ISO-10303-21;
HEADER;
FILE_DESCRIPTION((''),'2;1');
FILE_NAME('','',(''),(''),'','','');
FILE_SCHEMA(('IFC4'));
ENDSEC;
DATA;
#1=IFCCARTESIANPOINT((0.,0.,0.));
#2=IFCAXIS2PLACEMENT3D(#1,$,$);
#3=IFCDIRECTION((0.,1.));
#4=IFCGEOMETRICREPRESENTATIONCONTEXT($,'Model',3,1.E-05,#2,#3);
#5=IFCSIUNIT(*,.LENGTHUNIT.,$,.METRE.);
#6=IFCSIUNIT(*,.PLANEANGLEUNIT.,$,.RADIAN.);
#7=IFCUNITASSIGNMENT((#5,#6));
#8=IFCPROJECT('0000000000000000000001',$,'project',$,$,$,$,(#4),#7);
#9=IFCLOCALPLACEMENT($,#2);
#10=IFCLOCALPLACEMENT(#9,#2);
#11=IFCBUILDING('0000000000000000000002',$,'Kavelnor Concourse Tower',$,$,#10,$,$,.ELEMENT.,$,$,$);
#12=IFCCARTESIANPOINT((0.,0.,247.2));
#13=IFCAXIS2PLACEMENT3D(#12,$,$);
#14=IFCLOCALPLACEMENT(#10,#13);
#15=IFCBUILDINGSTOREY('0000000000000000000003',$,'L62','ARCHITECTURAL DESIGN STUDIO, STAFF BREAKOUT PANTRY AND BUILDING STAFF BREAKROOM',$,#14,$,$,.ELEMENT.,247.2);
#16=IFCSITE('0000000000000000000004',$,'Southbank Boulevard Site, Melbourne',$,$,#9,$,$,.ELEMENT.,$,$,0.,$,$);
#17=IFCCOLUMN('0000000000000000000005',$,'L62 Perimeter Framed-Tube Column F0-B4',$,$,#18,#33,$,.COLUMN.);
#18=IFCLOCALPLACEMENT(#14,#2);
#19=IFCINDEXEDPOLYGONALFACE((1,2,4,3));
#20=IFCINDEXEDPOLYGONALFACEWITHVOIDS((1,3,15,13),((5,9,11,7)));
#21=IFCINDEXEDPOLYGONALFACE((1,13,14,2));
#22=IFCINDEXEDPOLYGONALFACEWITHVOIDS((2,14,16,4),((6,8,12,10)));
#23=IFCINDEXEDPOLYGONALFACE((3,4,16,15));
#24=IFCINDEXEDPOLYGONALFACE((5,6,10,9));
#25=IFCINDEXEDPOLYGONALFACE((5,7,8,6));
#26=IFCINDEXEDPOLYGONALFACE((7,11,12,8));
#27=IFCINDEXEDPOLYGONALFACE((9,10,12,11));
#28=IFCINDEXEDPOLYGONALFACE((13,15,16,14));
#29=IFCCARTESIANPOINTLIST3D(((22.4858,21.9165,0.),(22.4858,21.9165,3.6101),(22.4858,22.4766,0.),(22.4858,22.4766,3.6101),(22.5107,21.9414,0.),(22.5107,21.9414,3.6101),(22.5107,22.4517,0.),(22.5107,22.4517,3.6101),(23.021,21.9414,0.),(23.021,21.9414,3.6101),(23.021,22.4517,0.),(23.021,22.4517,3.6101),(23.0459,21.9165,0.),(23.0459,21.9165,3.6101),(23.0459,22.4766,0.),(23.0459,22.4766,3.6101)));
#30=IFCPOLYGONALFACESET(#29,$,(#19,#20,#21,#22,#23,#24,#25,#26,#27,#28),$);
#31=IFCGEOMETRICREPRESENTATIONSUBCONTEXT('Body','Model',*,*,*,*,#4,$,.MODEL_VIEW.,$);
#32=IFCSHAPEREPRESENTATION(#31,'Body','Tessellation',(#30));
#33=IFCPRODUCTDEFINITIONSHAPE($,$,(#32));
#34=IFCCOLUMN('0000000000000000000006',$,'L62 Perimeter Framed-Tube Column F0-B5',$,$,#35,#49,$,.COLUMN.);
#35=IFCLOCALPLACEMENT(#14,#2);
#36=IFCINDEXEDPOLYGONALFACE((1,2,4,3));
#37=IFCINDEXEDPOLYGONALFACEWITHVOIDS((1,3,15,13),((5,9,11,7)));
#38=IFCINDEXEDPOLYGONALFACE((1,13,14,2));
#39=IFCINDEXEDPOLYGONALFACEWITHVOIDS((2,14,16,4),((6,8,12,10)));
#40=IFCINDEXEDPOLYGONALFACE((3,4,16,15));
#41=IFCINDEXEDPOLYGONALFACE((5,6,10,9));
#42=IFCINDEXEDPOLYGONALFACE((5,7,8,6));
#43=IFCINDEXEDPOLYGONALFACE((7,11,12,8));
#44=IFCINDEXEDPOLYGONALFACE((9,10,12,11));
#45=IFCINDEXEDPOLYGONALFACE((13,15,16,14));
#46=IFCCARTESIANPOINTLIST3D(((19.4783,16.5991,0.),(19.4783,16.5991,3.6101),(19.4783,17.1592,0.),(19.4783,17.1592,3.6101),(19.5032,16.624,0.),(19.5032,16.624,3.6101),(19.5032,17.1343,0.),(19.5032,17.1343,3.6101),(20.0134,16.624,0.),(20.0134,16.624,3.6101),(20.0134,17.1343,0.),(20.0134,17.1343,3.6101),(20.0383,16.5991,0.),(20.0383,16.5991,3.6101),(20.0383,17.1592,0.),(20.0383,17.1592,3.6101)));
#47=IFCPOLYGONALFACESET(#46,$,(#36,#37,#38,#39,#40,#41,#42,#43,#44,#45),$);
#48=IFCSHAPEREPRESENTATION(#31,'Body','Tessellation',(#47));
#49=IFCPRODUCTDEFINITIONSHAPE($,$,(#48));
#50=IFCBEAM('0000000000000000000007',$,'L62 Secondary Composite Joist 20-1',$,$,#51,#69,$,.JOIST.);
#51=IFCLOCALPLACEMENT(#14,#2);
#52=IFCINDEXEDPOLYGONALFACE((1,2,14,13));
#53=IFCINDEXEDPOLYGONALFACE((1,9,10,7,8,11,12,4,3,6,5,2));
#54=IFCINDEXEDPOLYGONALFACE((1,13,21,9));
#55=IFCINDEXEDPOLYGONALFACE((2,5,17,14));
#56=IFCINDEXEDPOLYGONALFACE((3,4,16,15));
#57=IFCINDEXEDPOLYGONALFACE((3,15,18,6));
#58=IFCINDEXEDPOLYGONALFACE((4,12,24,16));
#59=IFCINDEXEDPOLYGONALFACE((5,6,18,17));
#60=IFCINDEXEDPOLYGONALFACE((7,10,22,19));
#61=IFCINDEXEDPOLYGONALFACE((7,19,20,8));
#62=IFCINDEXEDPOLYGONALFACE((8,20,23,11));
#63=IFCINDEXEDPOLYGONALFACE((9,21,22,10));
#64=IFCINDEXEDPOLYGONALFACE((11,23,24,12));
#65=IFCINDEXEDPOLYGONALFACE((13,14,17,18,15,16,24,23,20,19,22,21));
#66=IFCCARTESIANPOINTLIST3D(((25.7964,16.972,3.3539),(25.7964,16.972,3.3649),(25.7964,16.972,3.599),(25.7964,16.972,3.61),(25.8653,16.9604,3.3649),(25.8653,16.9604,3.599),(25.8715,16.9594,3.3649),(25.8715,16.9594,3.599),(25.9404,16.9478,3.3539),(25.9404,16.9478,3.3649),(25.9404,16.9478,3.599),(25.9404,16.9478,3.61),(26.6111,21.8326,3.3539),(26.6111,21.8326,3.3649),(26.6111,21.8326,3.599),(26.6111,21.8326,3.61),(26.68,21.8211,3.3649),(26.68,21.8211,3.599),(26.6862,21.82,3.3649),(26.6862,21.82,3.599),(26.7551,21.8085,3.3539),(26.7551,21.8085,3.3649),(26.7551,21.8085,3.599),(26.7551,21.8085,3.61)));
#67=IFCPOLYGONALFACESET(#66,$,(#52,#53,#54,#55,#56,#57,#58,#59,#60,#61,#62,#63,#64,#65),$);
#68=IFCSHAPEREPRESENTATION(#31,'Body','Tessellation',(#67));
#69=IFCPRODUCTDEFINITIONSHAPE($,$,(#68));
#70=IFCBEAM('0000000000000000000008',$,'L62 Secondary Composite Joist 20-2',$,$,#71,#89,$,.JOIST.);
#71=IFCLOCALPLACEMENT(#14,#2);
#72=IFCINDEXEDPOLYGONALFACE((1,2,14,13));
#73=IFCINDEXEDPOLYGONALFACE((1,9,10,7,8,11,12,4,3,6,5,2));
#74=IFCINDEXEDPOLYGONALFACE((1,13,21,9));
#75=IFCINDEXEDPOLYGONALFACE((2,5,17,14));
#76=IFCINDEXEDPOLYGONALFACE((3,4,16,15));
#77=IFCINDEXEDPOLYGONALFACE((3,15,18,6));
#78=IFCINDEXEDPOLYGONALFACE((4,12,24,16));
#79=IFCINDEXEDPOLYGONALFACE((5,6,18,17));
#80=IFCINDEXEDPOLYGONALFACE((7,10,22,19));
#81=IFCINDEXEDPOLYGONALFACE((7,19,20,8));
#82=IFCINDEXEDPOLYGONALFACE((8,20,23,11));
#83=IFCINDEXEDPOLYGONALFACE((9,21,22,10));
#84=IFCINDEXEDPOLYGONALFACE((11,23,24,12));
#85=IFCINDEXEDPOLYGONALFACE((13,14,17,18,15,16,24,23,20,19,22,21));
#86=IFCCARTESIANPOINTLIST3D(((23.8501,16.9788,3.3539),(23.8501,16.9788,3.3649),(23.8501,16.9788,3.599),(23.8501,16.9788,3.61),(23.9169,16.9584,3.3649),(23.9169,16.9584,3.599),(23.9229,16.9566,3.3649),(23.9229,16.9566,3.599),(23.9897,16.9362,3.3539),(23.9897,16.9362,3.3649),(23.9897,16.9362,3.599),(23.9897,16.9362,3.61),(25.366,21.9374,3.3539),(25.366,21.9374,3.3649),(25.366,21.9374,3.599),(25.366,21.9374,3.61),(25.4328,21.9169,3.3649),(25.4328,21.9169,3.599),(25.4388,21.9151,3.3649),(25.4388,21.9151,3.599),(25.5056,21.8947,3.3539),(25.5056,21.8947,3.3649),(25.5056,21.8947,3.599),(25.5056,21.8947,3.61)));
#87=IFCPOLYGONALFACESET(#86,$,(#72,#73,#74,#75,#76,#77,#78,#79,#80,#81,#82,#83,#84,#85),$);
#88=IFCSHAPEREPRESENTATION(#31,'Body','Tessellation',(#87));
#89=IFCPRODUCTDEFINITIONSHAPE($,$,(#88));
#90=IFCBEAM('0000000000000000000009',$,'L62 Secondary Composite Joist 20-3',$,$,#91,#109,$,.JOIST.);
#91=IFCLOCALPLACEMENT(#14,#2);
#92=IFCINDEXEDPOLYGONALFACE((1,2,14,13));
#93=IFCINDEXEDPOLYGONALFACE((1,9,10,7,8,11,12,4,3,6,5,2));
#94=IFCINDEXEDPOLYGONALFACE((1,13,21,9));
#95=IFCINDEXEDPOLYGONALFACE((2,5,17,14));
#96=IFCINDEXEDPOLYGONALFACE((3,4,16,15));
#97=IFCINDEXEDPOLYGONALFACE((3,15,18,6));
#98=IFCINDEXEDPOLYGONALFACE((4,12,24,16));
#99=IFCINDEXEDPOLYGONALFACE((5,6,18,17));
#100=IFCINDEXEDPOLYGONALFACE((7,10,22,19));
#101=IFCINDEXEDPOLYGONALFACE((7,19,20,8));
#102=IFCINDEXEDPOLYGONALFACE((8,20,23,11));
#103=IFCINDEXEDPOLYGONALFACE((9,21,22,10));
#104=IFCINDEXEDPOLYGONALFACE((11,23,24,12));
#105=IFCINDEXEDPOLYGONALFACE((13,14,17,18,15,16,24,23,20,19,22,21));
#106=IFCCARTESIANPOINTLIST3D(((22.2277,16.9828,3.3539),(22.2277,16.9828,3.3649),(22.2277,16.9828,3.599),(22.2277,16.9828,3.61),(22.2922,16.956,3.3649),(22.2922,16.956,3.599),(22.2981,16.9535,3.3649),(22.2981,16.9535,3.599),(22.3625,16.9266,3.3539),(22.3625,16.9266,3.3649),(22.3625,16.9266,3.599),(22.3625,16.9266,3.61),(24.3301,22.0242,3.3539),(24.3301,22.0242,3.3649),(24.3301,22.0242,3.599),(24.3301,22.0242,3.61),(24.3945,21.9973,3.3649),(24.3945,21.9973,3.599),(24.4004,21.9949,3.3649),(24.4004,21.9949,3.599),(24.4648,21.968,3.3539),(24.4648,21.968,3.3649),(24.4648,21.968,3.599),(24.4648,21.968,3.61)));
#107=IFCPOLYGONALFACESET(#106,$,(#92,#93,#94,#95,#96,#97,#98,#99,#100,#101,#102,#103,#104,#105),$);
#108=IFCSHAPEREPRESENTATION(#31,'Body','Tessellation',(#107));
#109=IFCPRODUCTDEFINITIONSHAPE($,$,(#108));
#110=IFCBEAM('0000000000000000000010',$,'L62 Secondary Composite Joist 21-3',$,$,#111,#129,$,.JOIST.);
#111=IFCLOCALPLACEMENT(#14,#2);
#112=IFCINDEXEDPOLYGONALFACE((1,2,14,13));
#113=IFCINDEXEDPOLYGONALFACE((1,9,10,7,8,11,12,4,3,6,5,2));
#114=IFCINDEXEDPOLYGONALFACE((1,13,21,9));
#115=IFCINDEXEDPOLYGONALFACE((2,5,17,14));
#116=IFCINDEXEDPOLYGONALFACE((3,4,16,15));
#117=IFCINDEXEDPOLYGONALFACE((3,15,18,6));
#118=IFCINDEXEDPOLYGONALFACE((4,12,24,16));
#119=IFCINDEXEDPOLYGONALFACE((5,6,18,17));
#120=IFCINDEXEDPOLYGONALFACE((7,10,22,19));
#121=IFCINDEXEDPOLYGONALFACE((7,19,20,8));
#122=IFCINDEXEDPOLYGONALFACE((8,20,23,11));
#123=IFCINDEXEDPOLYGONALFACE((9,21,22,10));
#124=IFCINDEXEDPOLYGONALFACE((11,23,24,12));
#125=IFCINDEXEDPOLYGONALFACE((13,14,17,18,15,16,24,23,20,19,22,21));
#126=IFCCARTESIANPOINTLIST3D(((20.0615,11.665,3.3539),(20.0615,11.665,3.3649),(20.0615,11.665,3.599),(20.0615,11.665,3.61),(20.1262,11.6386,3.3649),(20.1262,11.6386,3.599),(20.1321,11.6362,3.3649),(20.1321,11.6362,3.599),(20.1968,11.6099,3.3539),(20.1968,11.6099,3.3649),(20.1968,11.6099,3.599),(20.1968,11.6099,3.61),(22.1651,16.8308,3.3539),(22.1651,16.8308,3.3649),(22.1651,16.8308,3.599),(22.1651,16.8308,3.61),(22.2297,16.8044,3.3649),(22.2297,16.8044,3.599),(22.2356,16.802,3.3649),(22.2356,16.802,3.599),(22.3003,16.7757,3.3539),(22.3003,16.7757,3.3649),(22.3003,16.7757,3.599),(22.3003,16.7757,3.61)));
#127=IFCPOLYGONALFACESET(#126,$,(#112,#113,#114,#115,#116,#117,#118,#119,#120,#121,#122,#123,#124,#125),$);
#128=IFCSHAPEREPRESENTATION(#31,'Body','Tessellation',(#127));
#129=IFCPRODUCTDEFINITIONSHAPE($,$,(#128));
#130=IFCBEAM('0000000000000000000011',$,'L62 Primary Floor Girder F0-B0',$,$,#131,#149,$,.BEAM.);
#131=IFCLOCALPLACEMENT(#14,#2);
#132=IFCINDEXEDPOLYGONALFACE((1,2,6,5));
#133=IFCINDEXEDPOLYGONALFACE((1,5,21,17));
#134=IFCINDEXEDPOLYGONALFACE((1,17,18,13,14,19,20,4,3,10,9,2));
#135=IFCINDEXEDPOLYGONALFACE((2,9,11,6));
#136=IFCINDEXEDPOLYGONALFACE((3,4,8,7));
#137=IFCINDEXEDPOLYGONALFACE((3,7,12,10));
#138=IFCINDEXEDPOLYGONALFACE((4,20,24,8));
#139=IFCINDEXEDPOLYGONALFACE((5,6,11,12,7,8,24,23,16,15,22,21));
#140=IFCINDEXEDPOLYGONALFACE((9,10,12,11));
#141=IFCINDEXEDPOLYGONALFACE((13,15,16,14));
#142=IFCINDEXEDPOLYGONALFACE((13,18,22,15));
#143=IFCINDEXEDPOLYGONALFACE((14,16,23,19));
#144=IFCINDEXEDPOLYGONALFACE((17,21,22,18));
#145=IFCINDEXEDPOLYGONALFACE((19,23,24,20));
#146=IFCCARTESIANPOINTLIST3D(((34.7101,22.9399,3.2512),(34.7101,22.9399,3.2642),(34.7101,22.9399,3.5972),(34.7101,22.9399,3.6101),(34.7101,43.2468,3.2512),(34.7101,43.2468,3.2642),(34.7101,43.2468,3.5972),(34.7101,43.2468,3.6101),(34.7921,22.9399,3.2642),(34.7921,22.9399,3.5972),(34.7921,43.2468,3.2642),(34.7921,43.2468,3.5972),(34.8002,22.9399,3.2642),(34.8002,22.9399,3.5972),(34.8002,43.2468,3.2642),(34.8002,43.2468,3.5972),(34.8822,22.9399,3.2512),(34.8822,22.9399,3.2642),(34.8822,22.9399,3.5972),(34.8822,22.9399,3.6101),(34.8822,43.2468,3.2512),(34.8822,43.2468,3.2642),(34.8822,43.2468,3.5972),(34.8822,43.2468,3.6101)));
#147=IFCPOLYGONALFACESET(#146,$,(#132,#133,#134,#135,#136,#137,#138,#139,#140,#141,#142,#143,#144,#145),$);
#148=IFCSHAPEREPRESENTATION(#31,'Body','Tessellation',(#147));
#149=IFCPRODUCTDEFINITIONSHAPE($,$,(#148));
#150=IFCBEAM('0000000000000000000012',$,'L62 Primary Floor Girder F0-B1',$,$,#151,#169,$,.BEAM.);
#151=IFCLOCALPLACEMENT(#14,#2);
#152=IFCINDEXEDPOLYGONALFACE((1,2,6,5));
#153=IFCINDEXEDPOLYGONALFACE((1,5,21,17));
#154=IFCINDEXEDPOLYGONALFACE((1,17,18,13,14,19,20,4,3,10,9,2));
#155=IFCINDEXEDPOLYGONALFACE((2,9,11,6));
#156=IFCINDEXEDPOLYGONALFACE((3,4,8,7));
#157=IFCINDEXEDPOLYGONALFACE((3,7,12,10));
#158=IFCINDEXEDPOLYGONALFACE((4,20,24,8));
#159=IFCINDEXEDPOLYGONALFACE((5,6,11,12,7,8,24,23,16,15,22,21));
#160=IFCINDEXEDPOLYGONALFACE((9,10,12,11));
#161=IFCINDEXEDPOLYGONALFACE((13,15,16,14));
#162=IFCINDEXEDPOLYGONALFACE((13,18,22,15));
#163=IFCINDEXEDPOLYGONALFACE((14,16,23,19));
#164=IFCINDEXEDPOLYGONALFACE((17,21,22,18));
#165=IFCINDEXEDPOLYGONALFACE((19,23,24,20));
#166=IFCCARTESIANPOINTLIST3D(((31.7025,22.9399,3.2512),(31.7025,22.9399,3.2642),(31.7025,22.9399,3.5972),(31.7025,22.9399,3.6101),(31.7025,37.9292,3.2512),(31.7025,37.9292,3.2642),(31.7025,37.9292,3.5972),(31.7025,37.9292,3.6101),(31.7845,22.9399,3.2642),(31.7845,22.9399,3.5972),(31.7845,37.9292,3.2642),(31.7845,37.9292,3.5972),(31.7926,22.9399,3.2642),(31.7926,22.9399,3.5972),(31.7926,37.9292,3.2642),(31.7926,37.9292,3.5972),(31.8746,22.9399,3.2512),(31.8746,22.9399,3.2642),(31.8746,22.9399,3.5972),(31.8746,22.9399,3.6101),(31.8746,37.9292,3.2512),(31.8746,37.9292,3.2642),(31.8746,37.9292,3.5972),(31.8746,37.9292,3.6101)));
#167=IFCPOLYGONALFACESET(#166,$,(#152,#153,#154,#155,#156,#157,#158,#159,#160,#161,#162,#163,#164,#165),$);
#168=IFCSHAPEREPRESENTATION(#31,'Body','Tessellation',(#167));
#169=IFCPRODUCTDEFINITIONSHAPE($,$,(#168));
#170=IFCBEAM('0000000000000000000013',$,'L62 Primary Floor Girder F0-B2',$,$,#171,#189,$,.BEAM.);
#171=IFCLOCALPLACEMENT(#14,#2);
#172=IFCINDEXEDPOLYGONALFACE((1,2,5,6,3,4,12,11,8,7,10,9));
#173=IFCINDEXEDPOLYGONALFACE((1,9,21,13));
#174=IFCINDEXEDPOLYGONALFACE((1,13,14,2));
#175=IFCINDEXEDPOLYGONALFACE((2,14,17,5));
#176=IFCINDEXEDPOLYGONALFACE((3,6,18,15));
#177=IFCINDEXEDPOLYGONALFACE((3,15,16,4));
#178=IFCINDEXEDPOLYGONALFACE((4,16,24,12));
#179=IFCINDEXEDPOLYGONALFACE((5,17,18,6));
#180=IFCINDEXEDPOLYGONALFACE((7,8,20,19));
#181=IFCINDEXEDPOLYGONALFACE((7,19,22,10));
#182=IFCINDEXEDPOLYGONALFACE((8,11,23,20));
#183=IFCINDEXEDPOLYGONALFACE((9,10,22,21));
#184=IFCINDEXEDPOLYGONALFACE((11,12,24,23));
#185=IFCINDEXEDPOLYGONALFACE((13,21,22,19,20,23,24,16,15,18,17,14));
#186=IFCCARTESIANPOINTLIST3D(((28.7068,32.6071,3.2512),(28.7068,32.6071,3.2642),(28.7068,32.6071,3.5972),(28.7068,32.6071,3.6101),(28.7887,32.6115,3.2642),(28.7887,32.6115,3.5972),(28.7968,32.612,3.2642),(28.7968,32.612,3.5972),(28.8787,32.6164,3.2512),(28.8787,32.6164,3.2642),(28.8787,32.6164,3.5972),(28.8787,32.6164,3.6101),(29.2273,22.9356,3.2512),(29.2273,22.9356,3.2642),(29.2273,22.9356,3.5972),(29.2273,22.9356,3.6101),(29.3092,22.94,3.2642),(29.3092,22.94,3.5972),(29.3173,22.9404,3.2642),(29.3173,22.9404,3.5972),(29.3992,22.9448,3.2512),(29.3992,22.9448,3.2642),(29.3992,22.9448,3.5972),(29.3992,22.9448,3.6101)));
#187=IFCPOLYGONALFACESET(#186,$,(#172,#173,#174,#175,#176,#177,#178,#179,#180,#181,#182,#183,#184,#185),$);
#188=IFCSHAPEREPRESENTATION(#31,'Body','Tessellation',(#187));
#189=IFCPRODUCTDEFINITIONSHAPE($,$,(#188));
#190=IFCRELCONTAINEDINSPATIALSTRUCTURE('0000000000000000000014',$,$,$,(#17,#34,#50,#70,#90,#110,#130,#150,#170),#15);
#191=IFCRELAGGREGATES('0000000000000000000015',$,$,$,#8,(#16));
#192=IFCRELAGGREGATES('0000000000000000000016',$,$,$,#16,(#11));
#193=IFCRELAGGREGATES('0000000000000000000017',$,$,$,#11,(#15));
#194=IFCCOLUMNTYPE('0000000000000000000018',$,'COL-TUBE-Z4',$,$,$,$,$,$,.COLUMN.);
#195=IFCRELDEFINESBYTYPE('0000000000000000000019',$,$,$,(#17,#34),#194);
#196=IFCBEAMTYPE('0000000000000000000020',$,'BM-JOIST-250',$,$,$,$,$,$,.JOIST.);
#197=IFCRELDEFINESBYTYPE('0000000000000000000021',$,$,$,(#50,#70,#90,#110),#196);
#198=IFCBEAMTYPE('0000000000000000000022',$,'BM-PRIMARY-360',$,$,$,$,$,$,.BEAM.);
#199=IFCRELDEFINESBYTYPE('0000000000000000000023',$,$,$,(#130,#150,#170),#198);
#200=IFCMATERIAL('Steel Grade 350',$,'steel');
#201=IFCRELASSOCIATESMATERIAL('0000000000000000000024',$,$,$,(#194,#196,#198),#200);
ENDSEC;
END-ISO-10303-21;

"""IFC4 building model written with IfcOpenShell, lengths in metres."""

from ifc_helpers import new_model, si_unit, direction, frame, origin, origin_2d, place, context, subcontext, project, spatial, hollow_rectangle, i_section, extrude, material, material_profile, profile_set, type_object, element, save


model = new_model("IFC4")

# Units and contexts
model_context = context("Model", 3, precision=1e-05, world=origin(), true_north=direction((0.0, 1.0)))
body_context = subcontext(model_context, "Body", "Model", "MODEL_VIEW")
ifc_project = project(units=[si_unit("LENGTHUNIT", "METRE"), si_unit("PLANEANGLEUNIT", "RADIAN")], contexts=[model_context])

# Site, building, storey
site_placement = place(None, origin())
site = spatial("IfcSite", under=ifc_project, at=site_placement, Name="Southbank Boulevard Site, Melbourne", CompositionType="ELEMENT", RefElevation=0.0)
building_placement = place(site_placement, origin())
building = spatial("IfcBuilding", under=site, at=building_placement, Name="Kavelnor Concourse Tower", CompositionType="ELEMENT")
storey_placement = place(building_placement, frame((0.0, 0.0, 247.2)))
storey = spatial("IfcBuildingStorey", under=building, at=storey_placement, Name="L62", Description="ARCHITECTURAL DESIGN STUDIO, STAFF BREAKOUT PANTRY AND BUILDING STAFF BREAKROOM", CompositionType="ELEMENT", Elevation=247.2)

# Columns
ifc_material_1 = material(Name="Steel Grade 350", Category="steel")
ifc_material_profile_1 = material_profile(ifc_material_1, hollow_rectangle(XDim=0.5601, YDim=0.5601, WallThickness=0.0249, at=origin_2d()), Name="SHS 560x560x25")
ifc_profile_set_1 = profile_set([ifc_material_profile_1], Name="Steel Grade 350")
column_type = type_object("IfcColumnType", Name="COL-TUBE-Z4", PredefinedType="COLUMN", material=ifc_profile_set_1)
for number, where, z_axis, x_axis, name in (
    (1, (22.7659, 22.1965, 0.0), (0.0, 0.0, 1.0), (1.0, 0.0, 0.0), "L62 Perimeter Framed-Tube Column F0-B4"),
    (2, (19.7583, 16.8792, 0.0), (0.0, 0.0, 1.0), (1.0, 0.0, 0.0), "L62 Perimeter Framed-Tube Column F0-B5"),
):
    element("IfcColumn", number, at=place(storey_placement, frame(where, z_axis=z_axis, x_axis=x_axis)), inside=storey, type_object=column_type, Name=name, PredefinedType="COLUMN", context=body_context, shape_type="SweptSolid", body=[
        extrude(hollow_rectangle(XDim=0.5601, YDim=0.5601, WallThickness=0.0249, at=origin_2d()), origin(), (0.0, 0.0, 1.0), 3.6101),
    ])

# Beams
ifc_material_profile_2 = material_profile(ifc_material_1, i_section(OverallWidth=0.146, OverallDepth=0.2561, WebThickness=0.0063, FlangeThickness=0.011, at=origin_2d()), Name="250UB37")
ifc_profile_set_2 = profile_set([ifc_material_profile_2], Name="Steel Grade 350")
beam_type_1 = type_object("IfcBeamType", Name="BM-JOIST-250", PredefinedType="JOIST", material=ifc_profile_set_2)
beam_1_placement = place(storey_placement, frame((26.6831, 21.8206, 3.4819), z_axis=(-0.165307, -0.986242, 0.0), x_axis=(0.986242, -0.165307, 0.0)))
element("IfcBeam", 3, at=beam_1_placement, inside=storey, type_object=beam_type_1, Name="L62 Secondary Composite Joist 20-1", PredefinedType="JOIST", context=body_context, shape_type="SweptSolid", body=[
    extrude(i_section(OverallWidth=0.146, OverallDepth=0.2561, WebThickness=0.0063, FlangeThickness=0.011, at=origin_2d()), origin(), (0.0, 0.0, 1.0), 4.9285),
])
beam_2_placement = place(storey_placement, frame((25.4358, 21.916, 3.4819), z_axis=(-0.292355, -0.95631, 0.0), x_axis=(0.95631, -0.292355, 0.0)))
element("IfcBeam", 4, at=beam_2_placement, inside=storey, type_object=beam_type_1, Name="L62 Secondary Composite Joist 20-2", PredefinedType="JOIST", context=body_context, shape_type="SweptSolid", body=[
    extrude(i_section(OverallWidth=0.146, OverallDepth=0.2561, WebThickness=0.0063, FlangeThickness=0.011, at=origin_2d()), origin(), (0.0, 0.0, 1.0), 5.1851),
])
beam_3_placement = place(storey_placement, frame((24.3975, 21.9961, 3.4819), z_axis=(-0.384891, -0.922962, 0.0), x_axis=(0.922962, -0.384891, 0.0)))
element("IfcBeam", 5, at=beam_3_placement, inside=storey, type_object=beam_type_1, Name="L62 Secondary Composite Joist 20-3", PredefinedType="JOIST", context=body_context, shape_type="SweptSolid", body=[
    extrude(i_section(OverallWidth=0.146, OverallDepth=0.2561, WebThickness=0.0063, FlangeThickness=0.011, at=origin_2d()), origin(), (0.0, 0.0, 1.0), 5.4622),
])
beam_4_placement = place(storey_placement, frame((22.2327, 16.8032, 3.4819), z_axis=(-0.377134, -0.926159, 0.0), x_axis=(0.926159, -0.377134, 0.0)))
element("IfcBeam", 6, at=beam_4_placement, inside=storey, type_object=beam_type_1, Name="L62 Secondary Composite Joist 21-3", PredefinedType="JOIST", context=body_context, shape_type="SweptSolid", body=[
    extrude(i_section(OverallWidth=0.146, OverallDepth=0.2561, WebThickness=0.0063, FlangeThickness=0.011, at=origin_2d()), origin(), (0.0, 0.0, 1.0), 5.5776),
])
ifc_material_profile_3 = material_profile(ifc_material_1, i_section(OverallWidth=0.1721, OverallDepth=0.3589, WebThickness=0.0081, FlangeThickness=0.0129, at=origin_2d()), Name="360UB56")
ifc_profile_set_3 = profile_set([ifc_material_profile_3], Name="Steel Grade 350")
beam_type_2 = type_object("IfcBeamType", Name="BM-PRIMARY-360", PredefinedType="BEAM", material=ifc_profile_set_3)
beam_5_placement = place(storey_placement, frame((34.7961, 22.9399, 3.4307), z_axis=(0.0, 1.0, 0.0), x_axis=(-1.0, 0.0, 0.0)))
element("IfcBeam", 7, at=beam_5_placement, inside=storey, type_object=beam_type_2, Name="L62 Primary Floor Girder F0-B0", PredefinedType="BEAM", context=body_context, shape_type="SweptSolid", body=[
    extrude(i_section(OverallWidth=0.1721, OverallDepth=0.3589, WebThickness=0.0081, FlangeThickness=0.0129, at=origin_2d()), origin(), (0.0, 0.0, 1.0), 20.3069),
])
beam_6_placement = place(storey_placement, frame((31.7886, 22.9399, 3.4307), z_axis=(0.0, 1.0, 0.0), x_axis=(-1.0, 0.0, 0.0)))
element("IfcBeam", 8, at=beam_6_placement, inside=storey, type_object=beam_type_2, Name="L62 Primary Floor Girder F0-B1", PredefinedType="BEAM", context=body_context, shape_type="SweptSolid", body=[
    extrude(i_section(OverallWidth=0.1721, OverallDepth=0.3589, WebThickness=0.0081, FlangeThickness=0.0129, at=origin_2d()), origin(), (0.0, 0.0, 1.0), 14.9893),
])
beam_7_placement = place(storey_placement, frame((29.3132, 22.9402, 3.4307), z_axis=(-0.05374, 0.998555, 0.0), x_axis=(-0.998555, -0.05374, 0.0)))
element("IfcBeam", 9, at=beam_7_placement, inside=storey, type_object=beam_type_2, Name="L62 Primary Floor Girder F0-B2", PredefinedType="BEAM", context=body_context, shape_type="SweptSolid", body=[
    extrude(i_section(OverallWidth=0.1721, OverallDepth=0.3589, WebThickness=0.0081, FlangeThickness=0.0129, at=origin_2d()), origin(), (0.0, 0.0, 1.0), 9.6855),
])

save(model, "model.ifc")
